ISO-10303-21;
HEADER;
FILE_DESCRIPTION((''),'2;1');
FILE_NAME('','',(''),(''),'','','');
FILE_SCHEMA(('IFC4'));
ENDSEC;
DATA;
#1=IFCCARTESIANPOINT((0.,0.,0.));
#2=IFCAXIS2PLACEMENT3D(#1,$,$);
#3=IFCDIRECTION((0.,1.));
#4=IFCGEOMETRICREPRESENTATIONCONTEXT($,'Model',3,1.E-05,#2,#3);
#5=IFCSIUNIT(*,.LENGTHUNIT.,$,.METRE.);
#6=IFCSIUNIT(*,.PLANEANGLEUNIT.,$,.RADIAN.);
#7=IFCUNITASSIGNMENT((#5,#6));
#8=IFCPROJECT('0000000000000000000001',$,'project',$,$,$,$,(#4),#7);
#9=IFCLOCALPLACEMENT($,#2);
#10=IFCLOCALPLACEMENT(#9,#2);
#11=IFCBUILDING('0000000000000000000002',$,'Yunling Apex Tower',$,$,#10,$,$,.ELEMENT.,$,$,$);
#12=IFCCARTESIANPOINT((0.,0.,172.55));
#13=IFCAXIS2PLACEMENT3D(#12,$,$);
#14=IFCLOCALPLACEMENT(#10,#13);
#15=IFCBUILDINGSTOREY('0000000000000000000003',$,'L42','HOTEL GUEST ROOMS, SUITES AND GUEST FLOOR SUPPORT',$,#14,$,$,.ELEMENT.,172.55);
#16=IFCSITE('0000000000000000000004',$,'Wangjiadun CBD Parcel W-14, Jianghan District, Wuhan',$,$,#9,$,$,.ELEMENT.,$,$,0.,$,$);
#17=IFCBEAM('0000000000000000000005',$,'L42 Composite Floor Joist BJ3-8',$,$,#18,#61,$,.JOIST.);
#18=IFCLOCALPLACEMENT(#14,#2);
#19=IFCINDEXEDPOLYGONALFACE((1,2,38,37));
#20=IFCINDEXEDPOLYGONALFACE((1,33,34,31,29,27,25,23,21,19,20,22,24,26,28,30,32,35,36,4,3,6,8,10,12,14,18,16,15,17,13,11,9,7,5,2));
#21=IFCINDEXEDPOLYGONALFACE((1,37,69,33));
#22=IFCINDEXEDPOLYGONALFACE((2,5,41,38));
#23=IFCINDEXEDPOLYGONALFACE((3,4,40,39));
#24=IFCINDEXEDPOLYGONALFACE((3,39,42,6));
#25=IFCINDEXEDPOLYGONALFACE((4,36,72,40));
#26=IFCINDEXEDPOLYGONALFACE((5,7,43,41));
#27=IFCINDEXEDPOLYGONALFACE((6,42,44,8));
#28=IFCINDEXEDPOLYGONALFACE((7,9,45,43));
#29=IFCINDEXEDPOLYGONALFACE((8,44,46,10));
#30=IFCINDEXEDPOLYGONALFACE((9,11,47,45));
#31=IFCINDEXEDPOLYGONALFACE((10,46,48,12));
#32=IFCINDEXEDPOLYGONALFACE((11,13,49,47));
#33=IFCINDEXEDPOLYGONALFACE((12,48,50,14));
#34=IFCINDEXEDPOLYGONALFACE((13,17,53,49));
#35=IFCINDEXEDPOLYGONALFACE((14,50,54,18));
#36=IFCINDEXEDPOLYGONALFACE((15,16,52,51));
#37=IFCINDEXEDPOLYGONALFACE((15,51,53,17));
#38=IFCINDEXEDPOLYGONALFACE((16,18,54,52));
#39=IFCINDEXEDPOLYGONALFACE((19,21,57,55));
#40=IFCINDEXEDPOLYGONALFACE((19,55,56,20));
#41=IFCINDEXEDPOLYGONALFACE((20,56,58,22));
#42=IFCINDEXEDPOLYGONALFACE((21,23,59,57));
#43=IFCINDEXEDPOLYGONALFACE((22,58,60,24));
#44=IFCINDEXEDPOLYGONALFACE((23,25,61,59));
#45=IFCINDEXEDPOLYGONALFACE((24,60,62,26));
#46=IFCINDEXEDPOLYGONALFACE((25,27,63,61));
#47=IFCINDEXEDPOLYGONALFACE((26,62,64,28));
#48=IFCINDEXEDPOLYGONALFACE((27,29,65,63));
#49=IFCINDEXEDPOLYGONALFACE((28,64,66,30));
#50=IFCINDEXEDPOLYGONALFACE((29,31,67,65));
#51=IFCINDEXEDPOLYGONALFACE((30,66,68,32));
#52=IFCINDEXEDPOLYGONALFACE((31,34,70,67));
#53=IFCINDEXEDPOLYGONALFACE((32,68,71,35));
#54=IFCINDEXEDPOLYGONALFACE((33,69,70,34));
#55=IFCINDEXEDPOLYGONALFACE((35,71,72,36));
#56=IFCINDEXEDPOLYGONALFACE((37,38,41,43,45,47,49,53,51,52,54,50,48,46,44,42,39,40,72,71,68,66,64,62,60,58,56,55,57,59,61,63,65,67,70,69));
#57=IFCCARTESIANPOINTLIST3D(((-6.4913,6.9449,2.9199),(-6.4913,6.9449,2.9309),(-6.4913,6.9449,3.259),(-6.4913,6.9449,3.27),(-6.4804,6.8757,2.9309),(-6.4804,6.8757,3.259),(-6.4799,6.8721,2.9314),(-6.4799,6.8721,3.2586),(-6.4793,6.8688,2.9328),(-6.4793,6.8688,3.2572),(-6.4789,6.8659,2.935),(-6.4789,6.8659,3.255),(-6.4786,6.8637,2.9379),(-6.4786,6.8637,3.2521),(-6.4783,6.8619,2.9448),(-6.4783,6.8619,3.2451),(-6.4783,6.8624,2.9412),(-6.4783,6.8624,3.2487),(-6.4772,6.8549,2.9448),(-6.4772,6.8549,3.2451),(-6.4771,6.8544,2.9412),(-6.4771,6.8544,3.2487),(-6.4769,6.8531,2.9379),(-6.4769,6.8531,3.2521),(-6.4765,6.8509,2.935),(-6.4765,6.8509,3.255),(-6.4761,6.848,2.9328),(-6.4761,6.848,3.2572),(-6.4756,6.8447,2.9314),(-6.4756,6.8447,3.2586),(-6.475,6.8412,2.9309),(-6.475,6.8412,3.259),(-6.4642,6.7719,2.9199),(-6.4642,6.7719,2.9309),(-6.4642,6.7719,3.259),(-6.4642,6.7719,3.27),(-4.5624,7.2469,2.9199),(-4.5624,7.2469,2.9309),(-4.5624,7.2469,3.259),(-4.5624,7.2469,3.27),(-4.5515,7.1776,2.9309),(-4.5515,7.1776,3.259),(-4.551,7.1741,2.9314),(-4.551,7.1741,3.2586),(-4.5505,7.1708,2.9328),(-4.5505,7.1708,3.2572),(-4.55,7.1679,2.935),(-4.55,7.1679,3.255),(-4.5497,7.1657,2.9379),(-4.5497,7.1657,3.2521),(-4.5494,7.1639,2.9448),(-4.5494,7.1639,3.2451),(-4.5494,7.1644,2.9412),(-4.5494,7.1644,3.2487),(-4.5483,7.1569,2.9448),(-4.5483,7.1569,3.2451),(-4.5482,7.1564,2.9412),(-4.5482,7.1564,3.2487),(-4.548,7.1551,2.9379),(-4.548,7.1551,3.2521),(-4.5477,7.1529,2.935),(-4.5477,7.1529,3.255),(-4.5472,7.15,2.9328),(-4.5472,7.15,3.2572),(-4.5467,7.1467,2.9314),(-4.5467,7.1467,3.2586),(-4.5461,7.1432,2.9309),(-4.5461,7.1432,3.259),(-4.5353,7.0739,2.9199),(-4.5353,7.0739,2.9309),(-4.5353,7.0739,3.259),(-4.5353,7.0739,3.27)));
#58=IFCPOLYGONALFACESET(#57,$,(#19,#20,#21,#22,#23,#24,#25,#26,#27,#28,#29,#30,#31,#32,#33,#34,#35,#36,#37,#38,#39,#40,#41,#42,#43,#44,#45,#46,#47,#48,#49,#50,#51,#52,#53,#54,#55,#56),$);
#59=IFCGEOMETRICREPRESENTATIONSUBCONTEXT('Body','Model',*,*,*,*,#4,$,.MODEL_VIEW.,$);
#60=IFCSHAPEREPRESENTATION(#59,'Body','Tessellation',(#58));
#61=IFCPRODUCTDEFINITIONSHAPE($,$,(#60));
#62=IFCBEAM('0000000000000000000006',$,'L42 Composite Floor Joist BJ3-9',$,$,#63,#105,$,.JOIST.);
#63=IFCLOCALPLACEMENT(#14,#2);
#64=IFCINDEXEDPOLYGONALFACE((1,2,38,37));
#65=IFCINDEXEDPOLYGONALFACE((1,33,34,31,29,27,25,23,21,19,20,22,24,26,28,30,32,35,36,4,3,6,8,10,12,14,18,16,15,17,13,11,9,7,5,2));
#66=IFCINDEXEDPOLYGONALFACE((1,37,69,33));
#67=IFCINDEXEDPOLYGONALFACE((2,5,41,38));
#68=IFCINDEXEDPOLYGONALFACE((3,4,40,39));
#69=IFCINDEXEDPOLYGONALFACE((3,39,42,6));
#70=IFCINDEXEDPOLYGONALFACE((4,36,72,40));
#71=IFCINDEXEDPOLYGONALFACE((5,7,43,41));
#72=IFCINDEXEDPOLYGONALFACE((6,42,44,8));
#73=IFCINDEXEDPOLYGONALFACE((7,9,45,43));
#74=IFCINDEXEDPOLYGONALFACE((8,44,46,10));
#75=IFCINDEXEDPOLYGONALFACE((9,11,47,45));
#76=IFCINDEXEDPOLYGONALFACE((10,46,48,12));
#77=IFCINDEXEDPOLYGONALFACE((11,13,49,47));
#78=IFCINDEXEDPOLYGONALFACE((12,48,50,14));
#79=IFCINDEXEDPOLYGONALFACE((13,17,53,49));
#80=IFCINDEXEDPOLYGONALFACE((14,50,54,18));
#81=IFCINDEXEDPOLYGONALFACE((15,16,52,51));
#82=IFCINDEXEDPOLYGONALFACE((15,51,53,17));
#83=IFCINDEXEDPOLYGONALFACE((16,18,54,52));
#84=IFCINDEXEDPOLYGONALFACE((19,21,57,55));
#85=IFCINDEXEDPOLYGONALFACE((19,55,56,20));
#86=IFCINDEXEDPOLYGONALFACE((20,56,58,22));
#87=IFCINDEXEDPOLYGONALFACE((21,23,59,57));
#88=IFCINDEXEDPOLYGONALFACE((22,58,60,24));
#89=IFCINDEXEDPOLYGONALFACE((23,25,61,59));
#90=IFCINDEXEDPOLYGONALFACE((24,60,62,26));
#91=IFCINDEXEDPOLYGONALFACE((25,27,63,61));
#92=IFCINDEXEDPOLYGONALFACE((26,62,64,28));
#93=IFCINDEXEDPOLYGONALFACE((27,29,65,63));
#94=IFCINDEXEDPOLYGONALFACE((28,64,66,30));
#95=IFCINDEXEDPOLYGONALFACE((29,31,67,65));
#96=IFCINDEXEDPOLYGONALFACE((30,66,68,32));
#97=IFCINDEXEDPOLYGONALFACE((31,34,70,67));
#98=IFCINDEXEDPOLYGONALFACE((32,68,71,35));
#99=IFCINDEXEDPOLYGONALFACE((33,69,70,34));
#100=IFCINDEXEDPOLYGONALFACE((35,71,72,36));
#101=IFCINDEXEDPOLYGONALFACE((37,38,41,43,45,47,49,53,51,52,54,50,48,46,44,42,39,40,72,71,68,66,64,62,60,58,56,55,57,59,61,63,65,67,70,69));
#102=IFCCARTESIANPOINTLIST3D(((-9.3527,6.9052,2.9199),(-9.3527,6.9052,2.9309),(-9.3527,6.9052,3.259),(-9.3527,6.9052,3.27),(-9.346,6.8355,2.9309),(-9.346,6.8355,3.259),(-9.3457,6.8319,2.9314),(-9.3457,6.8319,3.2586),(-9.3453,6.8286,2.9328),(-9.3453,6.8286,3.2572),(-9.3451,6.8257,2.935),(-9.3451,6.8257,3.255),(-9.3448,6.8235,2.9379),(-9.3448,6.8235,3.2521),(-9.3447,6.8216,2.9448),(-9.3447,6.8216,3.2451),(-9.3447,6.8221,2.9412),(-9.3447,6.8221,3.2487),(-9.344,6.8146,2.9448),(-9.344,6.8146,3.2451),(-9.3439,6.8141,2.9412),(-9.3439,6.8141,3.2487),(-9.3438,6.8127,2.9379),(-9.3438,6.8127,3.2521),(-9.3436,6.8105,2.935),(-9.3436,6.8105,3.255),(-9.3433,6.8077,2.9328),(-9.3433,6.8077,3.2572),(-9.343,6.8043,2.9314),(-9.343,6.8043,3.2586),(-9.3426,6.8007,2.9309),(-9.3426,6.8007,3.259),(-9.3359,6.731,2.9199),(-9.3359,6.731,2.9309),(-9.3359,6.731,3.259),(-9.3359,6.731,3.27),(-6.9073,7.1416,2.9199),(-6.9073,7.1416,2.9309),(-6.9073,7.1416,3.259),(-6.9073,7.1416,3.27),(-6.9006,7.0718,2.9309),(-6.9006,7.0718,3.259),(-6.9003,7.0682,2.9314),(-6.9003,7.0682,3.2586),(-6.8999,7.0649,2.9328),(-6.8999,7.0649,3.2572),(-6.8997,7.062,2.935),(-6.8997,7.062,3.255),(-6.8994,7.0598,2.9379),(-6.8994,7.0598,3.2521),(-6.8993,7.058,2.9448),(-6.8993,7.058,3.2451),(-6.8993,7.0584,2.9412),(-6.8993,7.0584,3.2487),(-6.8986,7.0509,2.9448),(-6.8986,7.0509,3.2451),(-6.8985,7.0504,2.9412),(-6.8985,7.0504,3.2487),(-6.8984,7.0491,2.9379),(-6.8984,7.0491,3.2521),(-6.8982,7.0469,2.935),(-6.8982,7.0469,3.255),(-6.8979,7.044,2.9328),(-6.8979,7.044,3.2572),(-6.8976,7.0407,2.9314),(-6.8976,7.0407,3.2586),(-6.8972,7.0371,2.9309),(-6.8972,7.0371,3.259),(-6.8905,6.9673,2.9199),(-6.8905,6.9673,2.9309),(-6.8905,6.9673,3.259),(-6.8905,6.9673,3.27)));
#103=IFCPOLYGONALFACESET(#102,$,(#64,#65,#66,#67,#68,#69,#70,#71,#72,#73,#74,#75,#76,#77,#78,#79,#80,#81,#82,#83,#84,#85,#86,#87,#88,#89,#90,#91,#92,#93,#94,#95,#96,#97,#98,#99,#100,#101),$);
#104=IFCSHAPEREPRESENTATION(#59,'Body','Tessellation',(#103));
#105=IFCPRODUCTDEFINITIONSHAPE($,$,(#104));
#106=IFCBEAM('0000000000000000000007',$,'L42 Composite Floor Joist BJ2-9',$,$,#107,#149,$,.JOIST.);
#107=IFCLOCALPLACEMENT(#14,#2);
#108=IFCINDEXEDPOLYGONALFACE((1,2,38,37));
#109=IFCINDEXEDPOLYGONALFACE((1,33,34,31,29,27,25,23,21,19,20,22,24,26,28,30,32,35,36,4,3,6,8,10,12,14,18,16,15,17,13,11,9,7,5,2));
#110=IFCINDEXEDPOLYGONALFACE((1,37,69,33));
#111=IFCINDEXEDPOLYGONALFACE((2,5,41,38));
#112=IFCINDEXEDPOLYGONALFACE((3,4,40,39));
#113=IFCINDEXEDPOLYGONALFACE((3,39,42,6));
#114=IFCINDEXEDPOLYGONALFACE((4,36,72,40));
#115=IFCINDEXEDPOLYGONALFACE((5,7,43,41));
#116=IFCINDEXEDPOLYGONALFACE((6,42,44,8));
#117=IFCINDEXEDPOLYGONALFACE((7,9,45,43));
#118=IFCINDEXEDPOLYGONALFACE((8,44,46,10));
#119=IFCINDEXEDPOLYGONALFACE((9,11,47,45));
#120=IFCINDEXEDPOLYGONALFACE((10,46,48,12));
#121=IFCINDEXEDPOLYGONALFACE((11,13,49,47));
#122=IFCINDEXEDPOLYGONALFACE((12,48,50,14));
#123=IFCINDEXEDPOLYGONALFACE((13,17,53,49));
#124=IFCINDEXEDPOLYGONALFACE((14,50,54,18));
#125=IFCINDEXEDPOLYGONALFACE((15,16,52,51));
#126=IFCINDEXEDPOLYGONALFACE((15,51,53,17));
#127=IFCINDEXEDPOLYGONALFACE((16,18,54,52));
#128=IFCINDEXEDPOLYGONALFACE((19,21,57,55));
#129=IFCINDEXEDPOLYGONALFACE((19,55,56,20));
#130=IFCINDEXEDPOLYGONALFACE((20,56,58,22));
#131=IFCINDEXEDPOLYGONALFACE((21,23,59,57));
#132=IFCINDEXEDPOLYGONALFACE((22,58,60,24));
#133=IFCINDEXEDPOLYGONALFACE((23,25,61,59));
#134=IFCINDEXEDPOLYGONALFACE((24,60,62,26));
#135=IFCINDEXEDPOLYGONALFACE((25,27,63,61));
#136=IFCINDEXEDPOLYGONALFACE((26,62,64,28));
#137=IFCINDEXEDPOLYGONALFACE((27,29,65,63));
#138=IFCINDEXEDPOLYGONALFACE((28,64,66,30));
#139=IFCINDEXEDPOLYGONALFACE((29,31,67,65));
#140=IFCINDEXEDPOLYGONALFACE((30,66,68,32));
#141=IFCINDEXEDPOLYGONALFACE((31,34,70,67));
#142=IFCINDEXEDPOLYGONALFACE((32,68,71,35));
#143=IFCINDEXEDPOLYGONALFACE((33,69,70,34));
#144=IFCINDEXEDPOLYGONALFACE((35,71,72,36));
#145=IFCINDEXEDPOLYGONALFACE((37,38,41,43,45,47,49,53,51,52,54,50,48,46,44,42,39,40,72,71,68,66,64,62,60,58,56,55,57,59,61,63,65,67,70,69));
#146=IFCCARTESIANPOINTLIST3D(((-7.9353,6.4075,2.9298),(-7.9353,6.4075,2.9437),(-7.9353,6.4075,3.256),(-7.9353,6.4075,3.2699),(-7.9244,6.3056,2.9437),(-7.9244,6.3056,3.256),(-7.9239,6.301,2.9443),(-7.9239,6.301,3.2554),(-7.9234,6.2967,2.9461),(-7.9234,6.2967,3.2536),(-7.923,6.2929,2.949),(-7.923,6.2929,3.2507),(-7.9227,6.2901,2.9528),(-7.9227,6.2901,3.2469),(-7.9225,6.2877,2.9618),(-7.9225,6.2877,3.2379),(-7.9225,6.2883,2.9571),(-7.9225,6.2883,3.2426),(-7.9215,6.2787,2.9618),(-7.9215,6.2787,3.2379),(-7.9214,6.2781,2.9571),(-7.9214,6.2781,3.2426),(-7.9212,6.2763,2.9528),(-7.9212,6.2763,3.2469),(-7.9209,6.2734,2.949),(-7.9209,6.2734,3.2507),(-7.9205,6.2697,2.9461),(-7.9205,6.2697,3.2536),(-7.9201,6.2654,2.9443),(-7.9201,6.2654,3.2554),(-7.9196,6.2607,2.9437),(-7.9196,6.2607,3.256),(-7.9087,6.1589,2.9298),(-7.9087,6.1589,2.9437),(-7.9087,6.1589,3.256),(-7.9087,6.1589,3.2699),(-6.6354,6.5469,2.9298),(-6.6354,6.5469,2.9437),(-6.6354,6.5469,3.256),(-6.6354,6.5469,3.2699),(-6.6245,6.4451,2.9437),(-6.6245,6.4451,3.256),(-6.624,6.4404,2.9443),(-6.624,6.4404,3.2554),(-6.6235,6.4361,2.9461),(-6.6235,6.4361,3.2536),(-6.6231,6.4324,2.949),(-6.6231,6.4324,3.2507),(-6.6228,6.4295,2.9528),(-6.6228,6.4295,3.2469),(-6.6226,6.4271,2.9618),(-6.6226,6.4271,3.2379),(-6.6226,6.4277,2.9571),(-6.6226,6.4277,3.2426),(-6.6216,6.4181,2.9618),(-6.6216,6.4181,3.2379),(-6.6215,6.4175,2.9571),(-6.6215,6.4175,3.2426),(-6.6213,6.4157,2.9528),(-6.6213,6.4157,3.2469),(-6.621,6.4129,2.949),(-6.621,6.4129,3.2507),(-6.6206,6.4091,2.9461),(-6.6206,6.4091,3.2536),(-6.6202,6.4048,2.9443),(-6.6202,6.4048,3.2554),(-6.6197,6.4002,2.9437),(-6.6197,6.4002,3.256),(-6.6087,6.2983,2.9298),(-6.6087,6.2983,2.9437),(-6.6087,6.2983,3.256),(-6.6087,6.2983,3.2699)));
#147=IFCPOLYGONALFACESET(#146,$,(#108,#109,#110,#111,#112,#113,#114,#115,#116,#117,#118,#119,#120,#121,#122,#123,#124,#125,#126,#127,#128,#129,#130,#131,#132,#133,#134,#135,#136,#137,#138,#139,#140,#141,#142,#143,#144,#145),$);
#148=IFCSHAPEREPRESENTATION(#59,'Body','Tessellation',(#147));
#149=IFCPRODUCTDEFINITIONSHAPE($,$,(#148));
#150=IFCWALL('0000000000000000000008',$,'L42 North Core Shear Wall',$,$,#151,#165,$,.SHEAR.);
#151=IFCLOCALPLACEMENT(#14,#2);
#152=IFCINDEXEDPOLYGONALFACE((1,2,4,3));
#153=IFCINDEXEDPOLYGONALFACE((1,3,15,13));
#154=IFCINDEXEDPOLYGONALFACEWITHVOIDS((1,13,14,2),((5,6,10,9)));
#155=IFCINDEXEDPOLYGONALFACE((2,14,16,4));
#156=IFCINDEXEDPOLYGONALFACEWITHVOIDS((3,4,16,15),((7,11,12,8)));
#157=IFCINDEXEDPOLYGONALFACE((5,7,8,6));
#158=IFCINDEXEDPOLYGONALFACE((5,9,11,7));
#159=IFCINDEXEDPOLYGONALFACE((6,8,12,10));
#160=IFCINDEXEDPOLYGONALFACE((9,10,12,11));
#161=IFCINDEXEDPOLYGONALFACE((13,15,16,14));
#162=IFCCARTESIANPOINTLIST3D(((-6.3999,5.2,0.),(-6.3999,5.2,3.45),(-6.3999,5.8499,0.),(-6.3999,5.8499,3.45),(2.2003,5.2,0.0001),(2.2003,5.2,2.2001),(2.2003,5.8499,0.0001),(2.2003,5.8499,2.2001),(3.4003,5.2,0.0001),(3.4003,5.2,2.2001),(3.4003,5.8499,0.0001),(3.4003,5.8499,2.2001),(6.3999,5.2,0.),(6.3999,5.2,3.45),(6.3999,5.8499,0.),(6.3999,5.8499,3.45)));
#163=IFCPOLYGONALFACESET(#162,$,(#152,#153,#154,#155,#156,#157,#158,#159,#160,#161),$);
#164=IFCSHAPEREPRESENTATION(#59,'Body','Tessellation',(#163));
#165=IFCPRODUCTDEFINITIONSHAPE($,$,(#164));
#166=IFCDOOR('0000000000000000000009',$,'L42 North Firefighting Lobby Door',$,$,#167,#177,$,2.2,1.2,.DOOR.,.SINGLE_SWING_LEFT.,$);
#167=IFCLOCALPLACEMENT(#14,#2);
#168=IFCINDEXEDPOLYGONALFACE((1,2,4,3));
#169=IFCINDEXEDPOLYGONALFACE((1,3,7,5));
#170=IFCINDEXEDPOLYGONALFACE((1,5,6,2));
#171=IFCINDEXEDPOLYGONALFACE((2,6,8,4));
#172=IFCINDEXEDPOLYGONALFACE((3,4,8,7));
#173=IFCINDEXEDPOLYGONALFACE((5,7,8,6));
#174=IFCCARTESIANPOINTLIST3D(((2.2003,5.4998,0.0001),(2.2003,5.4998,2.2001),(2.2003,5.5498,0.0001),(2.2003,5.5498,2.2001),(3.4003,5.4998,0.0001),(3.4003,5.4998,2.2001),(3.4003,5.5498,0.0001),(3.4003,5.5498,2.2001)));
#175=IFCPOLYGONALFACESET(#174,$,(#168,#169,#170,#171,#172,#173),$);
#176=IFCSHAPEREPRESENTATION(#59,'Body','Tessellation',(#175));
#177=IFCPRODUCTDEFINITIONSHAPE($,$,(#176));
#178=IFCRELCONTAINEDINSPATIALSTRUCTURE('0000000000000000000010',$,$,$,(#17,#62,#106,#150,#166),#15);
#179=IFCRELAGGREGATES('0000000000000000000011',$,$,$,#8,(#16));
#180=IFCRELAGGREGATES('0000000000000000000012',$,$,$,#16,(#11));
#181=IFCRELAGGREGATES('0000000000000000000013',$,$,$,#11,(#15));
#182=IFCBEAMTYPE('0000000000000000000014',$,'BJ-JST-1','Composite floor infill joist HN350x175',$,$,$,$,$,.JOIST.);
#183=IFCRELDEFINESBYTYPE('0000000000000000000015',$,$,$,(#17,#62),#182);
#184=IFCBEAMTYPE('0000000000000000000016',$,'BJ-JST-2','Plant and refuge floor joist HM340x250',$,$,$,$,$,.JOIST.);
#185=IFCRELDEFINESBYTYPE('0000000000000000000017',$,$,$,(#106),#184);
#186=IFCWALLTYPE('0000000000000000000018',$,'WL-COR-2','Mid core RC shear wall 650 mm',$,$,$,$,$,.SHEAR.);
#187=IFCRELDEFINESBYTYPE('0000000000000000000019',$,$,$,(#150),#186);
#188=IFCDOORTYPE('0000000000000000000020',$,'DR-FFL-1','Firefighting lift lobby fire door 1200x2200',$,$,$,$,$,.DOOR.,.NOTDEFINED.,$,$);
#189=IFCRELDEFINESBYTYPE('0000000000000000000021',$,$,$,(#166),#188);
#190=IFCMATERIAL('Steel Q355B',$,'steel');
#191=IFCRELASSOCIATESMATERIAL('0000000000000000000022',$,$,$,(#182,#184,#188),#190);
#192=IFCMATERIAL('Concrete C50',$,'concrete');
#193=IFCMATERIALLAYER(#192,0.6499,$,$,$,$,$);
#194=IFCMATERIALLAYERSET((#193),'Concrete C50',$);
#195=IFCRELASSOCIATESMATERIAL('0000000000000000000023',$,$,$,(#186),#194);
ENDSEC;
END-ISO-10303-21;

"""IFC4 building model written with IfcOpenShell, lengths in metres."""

from ifc_helpers import new_model, si_unit, direction, frame, frame_2d, origin, origin_2d, place, context, subcontext, project, spatial, rectangle, i_section, extrude, source, transform, mapped, material, layer, layer_set, material_profile, profile_set, type_object, element, fill, save


model = new_model("IFC4")

# Units and contexts
model_context = context("Model", 3, precision=1e-05, world=origin(), true_north=direction((0.0, 1.0)))
body_context = subcontext(model_context, "Body", "Model", "MODEL_VIEW")
ifc_project = project(units=[si_unit("LENGTHUNIT", "METRE"), si_unit("PLANEANGLEUNIT", "RADIAN")], contexts=[model_context])

# Site, building, storey
site_placement = place(None, origin())
site = spatial("IfcSite", under=ifc_project, at=site_placement, Name="Wangjiadun CBD Parcel W-14, Jianghan District, Wuhan", CompositionType="ELEMENT", RefElevation=0.0)
building_placement = place(site_placement, origin())
building = spatial("IfcBuilding", under=site, at=building_placement, Name="Yunling Apex Tower", CompositionType="ELEMENT")
storey_placement = place(building_placement, frame((0.0, 0.0, 172.55)))
storey = spatial("IfcBuildingStorey", under=building, at=storey_placement, Name="L42", Description="HOTEL GUEST ROOMS, SUITES AND GUEST FLOOR SUPPORT", CompositionType="ELEMENT", Elevation=172.55)

# Shared definitions
ifc_material_1 = material(Name="Concrete C50", Category="concrete")

# Beams
ifc_material_2 = material(Name="Steel Q355B", Category="steel")
ifc_material_profile_1 = material_profile(ifc_material_2, i_section(OverallWidth=0.175, OverallDepth=0.3501, WebThickness=0.0071, FlangeThickness=0.011, FilletRadius=0.0139, at=origin_2d()))
ifc_profile_set_1 = profile_set([ifc_material_profile_1], Name="Steel Q355B")
beam_type_1 = type_object("IfcBeamType", Name="BJ-JST-1", Description="Composite floor infill joist HN350x175", PredefinedType="JOIST", material=ifc_profile_set_1)
shared_shape_1 = source(origin(), body_context, "Body", "SweptSolid", [
    extrude(i_section(OverallWidth=0.175, OverallDepth=0.3501, WebThickness=0.0071, FlangeThickness=0.011, FilletRadius=0.0139, at=origin_2d()), origin(), (0.0, 0.0, 1.0), 1.9524),
])
beam_1_placement = place(storey_placement, frame((-4.5488, 7.1604, 3.095), z_axis=(-0.987965, -0.154678, 0.0), x_axis=(0.154678, -0.987965, 0.0)))
element("IfcBeam", 1, at=beam_1_placement, inside=storey, type_object=beam_type_1, Name="L42 Composite Floor Joist BJ3-8", PredefinedType="JOIST", context=body_context, shape_type="MappedRepresentation", body=[
    mapped(shared_shape_1, transform((0.0, 0.0, 0.0), scale=1.0)),
])
shared_shape_2 = source(origin(), body_context, "Body", "SweptSolid", [
    extrude(i_section(OverallWidth=0.175, OverallDepth=0.3501, WebThickness=0.0071, FlangeThickness=0.011, FilletRadius=0.0139, at=origin_2d()), origin(), (0.0, 0.0, 1.0), 2.4568),
])
beam_2_placement = place(storey_placement, frame((-6.8989, 7.0544, 3.095), z_axis=(-0.995362, -0.096197, 0.0), x_axis=(0.096197, -0.995362, 0.0)))
element("IfcBeam", 2, at=beam_2_placement, inside=storey, type_object=beam_type_1, Name="L42 Composite Floor Joist BJ3-9", PredefinedType="JOIST", context=body_context, shape_type="MappedRepresentation", body=[
    mapped(shared_shape_2, transform((0.0, 0.0, 0.0), scale=1.0)),
])
ifc_material_profile_2 = material_profile(ifc_material_2, i_section(OverallWidth=0.25, OverallDepth=0.3401, WebThickness=0.009, FlangeThickness=0.0139, FilletRadius=0.0181, at=origin_2d()))
ifc_profile_set_2 = profile_set([ifc_material_profile_2], Name="Steel Q355B")
beam_type_2 = type_object("IfcBeamType", Name="BJ-JST-2", Description="Plant and refuge floor joist HM340x250", PredefinedType="JOIST", material=ifc_profile_set_2)
shared_shape_3 = source(origin(), body_context, "Body", "SweptSolid", [
    extrude(i_section(OverallWidth=0.25, OverallDepth=0.3401, WebThickness=0.009, FlangeThickness=0.0139, FilletRadius=0.0181, at=origin_2d()), origin(), (0.0, 0.0, 1.0), 1.3074),
])
beam_3_placement = place(storey_placement, frame((-6.6221, 6.4226, 3.0999), z_axis=(-0.994298, -0.106639, 0.0), x_axis=(0.106639, -0.994298, 0.0)))
element("IfcBeam", 3, at=beam_3_placement, inside=storey, type_object=beam_type_2, Name="L42 Composite Floor Joist BJ2-9", PredefinedType="JOIST", context=body_context, shape_type="MappedRepresentation", body=[
    mapped(shared_shape_3, transform((0.0, 0.0, 0.0), scale=1.0)),
])

# Wall, opening, door
ifc_layer_1 = layer(ifc_material_1, 0.6499)
ifc_layer_set_1 = layer_set([ifc_layer_1], Name="Concrete C50")
wall_type_1 = type_object("IfcWallType", Name="WL-COR-2", Description="Mid core RC shear wall 650 mm", PredefinedType="SHEAR", material=ifc_layer_set_1)
wall_1_placement = place(storey_placement, frame((-6.3999, 5.5249, 0.0), z_axis=(0.0, 0.0, 1.0), x_axis=(1.0, 0.0, 0.0)))
wall_1 = element("IfcWall", 4, at=wall_1_placement, inside=storey, type_object=wall_type_1, Name="L42 North Core Shear Wall", PredefinedType="SHEAR", context=body_context, shape_type="SweptSolid", body=[
    extrude(rectangle(XDim=12.7998, YDim=0.6499, at=frame_2d((6.3999, 0.0))), origin(), (0.0, 0.0, 1.0), 3.45),
])
opening_placement = place(wall_1_placement, frame((8.6001, 0.0, 0.0)))
opening = element("IfcOpeningElement", 5, at=opening_placement, cuts=wall_1, PredefinedType="OPENING", context=body_context, shape_type="SweptSolid", body=[
    extrude(rectangle(XDim=1.2, YDim=2.2, at=frame_2d((0.6001, 1.1001))), frame((0.0, 0.335, 0.0), z_axis=(0.0, -1.0, 0.0), x_axis=(1.0, 0.0, 0.0)), (0.0, 0.0, 1.0), 0.6699),
])
door_type = type_object("IfcDoorType", Name="DR-FFL-1", Description="Firefighting lift lobby fire door 1200x2200", OperationType="NOTDEFINED", PredefinedType="DOOR", material=ifc_material_2)
door_placement = place(opening_placement, origin())
door = element("IfcDoor", 6, at=door_placement, inside=storey, type_object=door_type, Name="L42 North Firefighting Lobby Door", OperationType="SINGLE_SWING_LEFT", OverallHeight=2.2, OverallWidth=1.2, PredefinedType="DOOR", context=body_context, shape_type="SweptSolid", body=[
    extrude(rectangle(XDim=1.2, YDim=2.2, at=frame_2d((0.6001, 1.1001))), frame((0.0, 0.0249, 0.0), z_axis=(0.0, -1.0, 0.0), x_axis=(1.0, 0.0, 0.0)), (0.0, 0.0, 1.0), 0.05),
])
fill(opening, door)

save(model, "model.ifc")
